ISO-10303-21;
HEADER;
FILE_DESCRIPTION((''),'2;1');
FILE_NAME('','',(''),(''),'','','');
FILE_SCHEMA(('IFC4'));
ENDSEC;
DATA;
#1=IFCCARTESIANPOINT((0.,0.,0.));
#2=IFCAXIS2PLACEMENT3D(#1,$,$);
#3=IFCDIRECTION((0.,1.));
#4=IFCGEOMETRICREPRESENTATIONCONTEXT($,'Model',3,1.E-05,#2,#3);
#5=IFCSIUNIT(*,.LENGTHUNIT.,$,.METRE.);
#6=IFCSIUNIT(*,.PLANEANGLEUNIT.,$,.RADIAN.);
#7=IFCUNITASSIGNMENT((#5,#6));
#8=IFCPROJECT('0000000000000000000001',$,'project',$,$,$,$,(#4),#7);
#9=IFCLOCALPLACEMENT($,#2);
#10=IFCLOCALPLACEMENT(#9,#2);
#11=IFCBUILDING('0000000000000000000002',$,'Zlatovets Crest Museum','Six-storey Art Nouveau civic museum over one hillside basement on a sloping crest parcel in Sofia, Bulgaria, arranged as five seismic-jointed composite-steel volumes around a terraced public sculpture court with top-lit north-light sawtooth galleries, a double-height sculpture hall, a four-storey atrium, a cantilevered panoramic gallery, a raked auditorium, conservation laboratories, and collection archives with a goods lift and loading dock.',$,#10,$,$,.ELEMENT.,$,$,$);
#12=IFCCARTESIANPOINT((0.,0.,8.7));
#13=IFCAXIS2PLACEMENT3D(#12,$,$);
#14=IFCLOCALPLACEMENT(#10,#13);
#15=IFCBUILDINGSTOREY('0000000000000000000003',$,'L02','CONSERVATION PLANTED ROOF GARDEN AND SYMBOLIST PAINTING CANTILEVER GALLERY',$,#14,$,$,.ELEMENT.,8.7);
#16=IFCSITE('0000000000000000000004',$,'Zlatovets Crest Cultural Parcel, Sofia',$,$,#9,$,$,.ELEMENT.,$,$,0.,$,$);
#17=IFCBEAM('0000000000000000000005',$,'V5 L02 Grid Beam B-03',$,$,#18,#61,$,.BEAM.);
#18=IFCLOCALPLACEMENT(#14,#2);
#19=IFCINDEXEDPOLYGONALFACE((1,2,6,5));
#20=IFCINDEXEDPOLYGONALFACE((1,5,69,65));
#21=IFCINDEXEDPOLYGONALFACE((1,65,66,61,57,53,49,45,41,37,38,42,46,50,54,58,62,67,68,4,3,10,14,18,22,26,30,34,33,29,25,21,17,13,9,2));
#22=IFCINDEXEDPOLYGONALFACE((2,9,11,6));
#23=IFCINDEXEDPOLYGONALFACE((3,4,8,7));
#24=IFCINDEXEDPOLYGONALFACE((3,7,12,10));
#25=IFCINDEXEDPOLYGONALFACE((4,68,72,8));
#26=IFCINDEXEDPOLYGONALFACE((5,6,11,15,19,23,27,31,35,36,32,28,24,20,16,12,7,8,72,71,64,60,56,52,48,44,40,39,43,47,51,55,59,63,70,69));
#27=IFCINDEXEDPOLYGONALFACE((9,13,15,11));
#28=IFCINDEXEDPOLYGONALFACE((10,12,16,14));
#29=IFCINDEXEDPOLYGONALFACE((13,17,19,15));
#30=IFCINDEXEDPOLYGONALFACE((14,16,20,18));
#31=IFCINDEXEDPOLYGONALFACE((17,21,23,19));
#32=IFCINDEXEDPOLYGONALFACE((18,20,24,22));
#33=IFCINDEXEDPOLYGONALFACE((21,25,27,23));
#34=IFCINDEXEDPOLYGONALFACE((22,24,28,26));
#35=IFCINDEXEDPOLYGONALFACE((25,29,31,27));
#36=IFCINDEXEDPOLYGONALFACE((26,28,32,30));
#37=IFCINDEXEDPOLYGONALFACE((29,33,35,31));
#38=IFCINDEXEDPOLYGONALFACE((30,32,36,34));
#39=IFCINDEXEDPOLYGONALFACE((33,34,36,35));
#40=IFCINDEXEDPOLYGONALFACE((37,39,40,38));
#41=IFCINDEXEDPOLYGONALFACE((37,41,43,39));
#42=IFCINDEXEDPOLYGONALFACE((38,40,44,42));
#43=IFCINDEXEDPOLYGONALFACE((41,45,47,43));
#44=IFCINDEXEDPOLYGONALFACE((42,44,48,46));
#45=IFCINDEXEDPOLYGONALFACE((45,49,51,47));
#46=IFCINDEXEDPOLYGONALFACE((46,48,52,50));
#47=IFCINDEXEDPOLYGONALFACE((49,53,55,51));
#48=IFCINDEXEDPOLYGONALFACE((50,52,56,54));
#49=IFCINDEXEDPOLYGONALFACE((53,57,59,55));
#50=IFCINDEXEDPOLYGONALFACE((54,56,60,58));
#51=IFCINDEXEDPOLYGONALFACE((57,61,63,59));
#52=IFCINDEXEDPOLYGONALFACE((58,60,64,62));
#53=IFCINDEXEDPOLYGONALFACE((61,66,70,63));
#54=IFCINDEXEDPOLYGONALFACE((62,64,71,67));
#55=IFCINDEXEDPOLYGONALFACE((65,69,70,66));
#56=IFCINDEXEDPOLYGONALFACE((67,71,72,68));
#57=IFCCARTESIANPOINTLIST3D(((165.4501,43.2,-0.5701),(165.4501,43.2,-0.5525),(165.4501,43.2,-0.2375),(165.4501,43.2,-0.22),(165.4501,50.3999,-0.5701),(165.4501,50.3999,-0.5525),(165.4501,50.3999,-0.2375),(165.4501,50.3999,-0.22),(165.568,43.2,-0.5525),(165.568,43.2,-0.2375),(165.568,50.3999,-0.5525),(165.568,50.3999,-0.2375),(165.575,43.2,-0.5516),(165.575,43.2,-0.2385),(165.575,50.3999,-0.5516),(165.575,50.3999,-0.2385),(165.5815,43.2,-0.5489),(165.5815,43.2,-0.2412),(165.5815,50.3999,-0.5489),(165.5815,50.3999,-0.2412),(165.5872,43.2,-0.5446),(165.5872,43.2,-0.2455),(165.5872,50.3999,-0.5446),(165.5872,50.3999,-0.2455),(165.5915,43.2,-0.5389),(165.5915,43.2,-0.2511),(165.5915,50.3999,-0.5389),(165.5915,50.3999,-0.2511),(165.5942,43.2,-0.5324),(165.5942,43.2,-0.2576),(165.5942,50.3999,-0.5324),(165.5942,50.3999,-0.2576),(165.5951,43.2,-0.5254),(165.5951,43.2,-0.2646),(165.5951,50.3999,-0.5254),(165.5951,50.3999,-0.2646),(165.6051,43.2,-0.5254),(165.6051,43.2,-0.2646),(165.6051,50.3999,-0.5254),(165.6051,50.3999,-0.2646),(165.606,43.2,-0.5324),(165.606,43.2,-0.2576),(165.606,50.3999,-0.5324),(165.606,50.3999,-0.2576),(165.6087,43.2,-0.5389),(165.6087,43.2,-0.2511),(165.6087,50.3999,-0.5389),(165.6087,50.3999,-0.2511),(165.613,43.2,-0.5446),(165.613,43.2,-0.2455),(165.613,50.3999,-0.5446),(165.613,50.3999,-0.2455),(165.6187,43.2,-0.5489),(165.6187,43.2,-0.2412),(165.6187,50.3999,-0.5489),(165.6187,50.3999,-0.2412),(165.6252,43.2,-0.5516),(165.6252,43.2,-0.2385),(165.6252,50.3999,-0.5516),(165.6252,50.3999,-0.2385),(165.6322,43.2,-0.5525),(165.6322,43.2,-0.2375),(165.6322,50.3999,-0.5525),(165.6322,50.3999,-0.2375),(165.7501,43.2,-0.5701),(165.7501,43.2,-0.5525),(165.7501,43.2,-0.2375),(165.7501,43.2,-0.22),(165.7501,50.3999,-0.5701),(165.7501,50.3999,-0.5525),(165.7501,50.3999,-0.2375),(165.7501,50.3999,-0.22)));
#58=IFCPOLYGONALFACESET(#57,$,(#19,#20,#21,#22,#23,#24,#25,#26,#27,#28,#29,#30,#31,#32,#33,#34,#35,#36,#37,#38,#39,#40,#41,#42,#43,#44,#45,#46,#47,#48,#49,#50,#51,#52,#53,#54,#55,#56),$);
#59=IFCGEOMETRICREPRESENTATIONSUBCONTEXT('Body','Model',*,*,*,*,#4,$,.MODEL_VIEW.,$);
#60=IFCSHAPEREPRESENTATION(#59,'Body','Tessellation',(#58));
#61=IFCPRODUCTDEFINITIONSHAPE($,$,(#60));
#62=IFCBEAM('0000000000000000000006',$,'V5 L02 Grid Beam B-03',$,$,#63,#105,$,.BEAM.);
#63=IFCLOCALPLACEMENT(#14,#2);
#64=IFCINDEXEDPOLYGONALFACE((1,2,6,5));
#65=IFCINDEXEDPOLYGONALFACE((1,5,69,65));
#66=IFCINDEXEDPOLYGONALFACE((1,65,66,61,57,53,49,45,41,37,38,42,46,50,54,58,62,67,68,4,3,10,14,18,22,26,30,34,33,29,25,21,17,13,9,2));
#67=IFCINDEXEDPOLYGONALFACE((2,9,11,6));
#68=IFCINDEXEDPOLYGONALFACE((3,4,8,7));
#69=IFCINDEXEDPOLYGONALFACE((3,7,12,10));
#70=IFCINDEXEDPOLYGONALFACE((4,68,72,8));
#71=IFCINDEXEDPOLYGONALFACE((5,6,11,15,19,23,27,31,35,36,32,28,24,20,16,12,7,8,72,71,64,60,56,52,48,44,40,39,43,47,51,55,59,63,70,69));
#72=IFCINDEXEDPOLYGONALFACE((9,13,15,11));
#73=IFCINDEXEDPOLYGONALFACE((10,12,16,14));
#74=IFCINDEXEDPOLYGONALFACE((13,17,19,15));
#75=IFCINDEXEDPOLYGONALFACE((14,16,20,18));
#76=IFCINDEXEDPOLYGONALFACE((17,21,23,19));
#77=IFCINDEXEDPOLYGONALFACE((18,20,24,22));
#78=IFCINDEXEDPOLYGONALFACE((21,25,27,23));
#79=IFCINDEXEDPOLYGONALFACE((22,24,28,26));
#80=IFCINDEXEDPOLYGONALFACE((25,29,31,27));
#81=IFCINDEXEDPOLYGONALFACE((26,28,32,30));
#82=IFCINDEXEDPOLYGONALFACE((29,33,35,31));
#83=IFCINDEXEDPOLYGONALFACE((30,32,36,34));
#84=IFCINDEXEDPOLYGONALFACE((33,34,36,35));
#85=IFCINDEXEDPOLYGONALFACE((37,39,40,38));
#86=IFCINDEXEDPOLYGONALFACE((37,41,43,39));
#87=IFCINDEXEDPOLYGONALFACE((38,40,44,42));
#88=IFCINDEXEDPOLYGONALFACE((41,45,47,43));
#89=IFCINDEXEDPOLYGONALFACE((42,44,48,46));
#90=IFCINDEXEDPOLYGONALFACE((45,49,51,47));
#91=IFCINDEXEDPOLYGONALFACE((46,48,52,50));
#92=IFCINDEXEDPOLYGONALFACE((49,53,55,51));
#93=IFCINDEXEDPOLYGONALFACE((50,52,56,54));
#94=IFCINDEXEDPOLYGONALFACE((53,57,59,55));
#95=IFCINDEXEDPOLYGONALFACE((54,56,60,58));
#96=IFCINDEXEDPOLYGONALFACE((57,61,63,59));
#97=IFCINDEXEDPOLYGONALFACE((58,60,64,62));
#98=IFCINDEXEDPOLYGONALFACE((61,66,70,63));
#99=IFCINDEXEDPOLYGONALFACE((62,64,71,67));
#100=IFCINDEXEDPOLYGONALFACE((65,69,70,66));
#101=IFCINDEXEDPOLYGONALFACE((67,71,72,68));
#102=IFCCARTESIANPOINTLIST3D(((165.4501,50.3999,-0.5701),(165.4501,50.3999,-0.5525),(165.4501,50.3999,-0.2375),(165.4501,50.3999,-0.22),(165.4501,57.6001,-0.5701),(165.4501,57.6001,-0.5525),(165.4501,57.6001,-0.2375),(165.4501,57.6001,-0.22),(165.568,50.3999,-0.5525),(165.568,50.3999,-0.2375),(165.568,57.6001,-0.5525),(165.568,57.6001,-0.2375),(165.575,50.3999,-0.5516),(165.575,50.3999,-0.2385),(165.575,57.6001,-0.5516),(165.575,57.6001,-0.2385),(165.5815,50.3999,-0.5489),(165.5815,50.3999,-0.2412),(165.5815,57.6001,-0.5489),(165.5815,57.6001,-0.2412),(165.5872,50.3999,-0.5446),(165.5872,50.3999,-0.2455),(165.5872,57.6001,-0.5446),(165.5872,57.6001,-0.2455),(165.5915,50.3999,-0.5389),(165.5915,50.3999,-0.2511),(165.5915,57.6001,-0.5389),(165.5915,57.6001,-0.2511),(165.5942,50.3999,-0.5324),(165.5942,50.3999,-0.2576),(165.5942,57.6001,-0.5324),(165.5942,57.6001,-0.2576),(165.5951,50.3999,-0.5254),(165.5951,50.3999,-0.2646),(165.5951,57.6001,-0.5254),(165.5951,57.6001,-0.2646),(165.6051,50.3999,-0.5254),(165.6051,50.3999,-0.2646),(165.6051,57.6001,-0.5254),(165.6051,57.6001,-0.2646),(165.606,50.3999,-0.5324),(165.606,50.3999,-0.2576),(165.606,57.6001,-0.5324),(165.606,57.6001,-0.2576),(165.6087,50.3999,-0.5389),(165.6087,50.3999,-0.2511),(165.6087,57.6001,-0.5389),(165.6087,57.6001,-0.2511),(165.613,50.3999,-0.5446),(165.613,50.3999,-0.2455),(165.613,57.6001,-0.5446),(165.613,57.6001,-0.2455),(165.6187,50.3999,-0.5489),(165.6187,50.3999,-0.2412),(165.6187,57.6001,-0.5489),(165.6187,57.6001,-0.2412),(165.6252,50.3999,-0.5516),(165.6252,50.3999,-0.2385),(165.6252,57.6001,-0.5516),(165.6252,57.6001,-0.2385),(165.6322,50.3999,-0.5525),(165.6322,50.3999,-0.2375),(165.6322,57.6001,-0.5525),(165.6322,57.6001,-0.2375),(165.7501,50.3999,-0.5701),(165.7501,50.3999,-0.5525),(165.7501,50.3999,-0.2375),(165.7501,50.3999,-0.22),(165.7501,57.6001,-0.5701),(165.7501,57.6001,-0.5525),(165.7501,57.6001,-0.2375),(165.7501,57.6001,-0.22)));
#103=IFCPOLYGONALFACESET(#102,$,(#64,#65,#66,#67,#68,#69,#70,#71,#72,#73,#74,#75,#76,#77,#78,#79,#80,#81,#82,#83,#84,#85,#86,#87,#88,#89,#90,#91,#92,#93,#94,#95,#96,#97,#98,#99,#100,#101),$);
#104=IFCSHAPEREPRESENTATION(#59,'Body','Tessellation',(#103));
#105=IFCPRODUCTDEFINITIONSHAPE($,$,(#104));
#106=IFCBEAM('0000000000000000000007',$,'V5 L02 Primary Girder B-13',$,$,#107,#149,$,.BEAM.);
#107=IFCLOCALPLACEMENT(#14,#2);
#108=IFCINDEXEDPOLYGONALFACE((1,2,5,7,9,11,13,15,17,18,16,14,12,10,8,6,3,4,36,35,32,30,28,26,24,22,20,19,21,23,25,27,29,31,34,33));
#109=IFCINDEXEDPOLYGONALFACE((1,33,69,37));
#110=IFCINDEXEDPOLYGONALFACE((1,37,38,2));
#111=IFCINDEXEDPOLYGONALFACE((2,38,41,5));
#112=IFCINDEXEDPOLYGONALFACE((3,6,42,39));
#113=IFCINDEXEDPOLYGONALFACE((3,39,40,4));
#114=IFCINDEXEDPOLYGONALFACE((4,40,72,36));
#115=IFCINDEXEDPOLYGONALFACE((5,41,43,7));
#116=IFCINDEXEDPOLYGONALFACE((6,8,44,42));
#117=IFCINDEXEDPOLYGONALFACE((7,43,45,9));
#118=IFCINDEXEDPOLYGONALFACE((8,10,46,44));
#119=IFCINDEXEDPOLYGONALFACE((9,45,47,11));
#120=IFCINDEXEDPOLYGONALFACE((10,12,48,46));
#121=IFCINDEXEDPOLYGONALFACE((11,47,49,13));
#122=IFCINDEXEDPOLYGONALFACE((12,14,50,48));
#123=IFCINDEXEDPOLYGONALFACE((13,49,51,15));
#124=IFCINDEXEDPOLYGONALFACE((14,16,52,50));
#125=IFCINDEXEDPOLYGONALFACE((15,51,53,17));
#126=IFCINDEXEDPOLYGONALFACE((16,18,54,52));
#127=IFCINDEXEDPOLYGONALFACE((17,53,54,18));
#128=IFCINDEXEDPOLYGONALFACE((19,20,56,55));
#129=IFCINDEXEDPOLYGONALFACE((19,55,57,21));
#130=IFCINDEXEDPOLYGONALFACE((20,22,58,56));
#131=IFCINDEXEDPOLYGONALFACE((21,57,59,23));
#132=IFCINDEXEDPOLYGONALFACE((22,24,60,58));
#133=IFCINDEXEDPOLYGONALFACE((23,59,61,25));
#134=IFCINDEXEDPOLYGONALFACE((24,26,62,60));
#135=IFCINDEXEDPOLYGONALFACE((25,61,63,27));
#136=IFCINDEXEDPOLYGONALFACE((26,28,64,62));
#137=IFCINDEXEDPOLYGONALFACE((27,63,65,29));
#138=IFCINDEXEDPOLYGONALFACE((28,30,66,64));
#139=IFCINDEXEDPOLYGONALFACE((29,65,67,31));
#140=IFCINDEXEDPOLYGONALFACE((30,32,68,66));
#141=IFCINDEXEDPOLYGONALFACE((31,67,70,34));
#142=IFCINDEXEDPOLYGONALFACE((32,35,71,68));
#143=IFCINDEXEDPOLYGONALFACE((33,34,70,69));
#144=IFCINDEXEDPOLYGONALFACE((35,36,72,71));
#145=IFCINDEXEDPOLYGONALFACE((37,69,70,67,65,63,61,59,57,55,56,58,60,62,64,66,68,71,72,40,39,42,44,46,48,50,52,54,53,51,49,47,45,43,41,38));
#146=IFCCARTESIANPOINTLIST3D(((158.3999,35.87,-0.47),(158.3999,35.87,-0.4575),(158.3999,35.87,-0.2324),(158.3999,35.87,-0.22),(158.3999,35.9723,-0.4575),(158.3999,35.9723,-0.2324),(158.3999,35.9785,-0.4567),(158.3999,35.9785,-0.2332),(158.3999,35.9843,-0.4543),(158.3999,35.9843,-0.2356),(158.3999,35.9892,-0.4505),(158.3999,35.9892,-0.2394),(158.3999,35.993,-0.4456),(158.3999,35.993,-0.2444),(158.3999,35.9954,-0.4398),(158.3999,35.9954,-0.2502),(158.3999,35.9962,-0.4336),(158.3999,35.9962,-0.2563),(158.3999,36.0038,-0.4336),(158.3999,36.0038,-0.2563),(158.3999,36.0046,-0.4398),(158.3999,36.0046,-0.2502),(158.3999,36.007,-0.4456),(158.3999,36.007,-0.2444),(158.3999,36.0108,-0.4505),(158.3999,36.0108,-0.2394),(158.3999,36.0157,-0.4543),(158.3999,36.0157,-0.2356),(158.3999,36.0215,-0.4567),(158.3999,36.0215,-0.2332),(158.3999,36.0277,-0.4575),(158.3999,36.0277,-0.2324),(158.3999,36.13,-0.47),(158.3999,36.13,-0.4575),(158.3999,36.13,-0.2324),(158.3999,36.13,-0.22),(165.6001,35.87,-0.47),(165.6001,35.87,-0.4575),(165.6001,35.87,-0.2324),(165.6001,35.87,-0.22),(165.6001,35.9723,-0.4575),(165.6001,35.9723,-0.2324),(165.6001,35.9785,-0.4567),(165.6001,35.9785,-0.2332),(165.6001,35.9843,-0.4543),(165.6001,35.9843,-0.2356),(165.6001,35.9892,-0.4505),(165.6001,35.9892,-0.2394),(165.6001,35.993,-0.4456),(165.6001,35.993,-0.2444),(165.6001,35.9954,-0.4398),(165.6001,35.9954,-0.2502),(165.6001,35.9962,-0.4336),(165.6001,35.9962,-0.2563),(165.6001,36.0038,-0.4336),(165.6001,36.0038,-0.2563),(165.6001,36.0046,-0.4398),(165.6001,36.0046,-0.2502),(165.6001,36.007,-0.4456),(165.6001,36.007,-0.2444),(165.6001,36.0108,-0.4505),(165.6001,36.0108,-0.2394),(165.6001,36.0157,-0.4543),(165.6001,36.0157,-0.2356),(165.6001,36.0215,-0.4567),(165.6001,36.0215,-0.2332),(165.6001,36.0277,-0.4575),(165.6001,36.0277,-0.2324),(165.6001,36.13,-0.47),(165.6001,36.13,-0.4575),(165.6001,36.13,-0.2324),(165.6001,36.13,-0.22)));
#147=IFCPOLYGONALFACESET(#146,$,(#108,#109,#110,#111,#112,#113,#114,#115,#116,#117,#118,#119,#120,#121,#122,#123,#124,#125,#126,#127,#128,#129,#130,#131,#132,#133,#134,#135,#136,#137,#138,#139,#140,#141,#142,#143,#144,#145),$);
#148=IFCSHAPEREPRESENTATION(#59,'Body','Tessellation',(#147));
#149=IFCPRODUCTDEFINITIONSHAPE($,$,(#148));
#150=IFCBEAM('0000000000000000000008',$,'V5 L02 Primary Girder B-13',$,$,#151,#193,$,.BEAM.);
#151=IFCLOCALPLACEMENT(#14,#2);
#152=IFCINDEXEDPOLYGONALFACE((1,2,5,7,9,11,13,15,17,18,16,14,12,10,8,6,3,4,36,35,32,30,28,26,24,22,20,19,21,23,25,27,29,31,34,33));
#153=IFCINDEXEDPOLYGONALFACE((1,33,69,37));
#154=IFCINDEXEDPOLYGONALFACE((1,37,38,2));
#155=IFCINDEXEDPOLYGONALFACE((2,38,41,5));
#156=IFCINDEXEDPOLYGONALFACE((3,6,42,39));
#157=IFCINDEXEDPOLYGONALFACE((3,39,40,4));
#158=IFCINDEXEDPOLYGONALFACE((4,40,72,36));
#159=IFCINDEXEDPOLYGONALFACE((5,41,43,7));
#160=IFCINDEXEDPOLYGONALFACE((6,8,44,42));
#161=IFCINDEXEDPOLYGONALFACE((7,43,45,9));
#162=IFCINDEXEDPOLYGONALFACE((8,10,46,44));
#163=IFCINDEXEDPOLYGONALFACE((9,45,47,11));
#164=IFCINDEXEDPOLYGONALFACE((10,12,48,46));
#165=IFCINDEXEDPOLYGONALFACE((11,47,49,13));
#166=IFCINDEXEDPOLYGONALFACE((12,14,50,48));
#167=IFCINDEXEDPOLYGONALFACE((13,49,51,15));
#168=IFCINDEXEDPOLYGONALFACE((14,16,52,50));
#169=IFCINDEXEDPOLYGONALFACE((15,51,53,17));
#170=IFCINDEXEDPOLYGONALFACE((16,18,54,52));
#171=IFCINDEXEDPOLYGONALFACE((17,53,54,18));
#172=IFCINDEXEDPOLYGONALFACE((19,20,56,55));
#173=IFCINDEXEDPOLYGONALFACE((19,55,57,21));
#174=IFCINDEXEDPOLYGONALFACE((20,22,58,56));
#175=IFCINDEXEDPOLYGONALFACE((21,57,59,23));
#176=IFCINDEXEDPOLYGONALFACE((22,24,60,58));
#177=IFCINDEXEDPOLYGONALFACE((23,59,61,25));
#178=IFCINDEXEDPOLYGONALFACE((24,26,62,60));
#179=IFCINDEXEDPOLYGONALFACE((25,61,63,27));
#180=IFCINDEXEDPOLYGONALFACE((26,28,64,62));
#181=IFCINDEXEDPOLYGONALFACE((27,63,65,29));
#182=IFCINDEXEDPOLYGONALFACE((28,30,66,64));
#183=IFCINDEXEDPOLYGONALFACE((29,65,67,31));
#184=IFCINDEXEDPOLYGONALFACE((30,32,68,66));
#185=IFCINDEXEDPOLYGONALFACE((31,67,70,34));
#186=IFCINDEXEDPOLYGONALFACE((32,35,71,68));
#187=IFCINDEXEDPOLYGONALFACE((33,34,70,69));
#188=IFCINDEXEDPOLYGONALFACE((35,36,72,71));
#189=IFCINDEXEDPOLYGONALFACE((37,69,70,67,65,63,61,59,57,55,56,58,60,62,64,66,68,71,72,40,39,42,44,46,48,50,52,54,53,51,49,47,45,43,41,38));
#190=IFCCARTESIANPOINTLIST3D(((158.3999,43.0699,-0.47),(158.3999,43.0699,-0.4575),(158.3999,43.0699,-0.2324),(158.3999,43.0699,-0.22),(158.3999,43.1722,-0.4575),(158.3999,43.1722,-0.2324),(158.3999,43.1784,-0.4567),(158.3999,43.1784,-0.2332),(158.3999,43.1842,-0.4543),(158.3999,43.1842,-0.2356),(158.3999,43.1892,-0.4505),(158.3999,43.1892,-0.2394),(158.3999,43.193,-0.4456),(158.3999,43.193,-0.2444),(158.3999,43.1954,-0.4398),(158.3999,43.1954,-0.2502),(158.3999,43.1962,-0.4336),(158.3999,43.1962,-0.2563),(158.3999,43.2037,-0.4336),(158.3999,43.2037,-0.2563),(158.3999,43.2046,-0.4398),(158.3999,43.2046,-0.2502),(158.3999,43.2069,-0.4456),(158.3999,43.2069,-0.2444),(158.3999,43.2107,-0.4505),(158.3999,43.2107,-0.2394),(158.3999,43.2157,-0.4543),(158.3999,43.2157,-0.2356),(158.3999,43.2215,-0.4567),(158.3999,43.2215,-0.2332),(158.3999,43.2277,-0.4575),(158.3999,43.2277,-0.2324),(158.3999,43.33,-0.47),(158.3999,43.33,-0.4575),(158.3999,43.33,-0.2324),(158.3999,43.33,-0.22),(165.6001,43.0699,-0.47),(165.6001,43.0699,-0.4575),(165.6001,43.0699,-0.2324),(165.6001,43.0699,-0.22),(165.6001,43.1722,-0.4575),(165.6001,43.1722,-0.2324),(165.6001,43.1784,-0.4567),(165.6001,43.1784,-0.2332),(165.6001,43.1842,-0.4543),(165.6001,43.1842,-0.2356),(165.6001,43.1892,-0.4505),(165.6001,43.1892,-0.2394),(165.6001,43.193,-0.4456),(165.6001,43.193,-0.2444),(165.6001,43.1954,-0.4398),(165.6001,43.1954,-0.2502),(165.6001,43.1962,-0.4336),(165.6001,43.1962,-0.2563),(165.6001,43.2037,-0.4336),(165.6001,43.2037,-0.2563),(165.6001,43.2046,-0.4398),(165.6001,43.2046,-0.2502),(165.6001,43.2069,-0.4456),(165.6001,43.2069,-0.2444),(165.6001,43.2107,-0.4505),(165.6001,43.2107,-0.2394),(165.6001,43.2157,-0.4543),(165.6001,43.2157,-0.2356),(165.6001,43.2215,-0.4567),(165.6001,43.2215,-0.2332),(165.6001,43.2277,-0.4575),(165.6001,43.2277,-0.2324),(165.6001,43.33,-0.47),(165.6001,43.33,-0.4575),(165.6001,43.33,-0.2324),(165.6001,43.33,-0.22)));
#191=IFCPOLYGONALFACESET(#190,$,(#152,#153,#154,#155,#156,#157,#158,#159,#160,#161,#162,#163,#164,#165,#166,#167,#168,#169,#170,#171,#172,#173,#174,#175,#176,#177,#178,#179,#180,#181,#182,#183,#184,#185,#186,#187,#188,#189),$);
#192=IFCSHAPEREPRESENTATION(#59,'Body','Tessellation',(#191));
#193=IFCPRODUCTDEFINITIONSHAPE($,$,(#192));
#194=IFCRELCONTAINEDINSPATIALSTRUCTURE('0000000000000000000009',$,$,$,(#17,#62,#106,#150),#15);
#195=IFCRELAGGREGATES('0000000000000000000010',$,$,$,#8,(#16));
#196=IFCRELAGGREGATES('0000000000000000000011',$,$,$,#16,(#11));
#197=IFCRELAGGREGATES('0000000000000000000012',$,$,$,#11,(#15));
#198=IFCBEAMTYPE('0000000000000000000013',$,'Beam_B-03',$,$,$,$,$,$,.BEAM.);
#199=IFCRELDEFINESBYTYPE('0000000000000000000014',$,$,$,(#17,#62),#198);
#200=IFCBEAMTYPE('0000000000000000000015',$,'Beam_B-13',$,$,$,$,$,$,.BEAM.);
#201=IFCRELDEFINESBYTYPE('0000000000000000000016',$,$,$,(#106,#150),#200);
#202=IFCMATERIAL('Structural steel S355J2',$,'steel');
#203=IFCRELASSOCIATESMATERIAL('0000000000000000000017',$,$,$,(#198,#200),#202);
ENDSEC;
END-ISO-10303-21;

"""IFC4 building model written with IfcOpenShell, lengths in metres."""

from ifc_helpers import new_model, si_unit, direction, frame, origin, origin_2d, place, context, subcontext, project, spatial, i_section, extrude, material, material_profile, profile_set, type_object, element, save


model = new_model("IFC4")

# Units and contexts
model_context = context("Model", 3, precision=1e-05, world=origin(), true_north=direction((0.0, 1.0)))
body_context = subcontext(model_context, "Body", "Model", "MODEL_VIEW")
ifc_project = project(units=[si_unit("LENGTHUNIT", "METRE"), si_unit("PLANEANGLEUNIT", "RADIAN")], contexts=[model_context])

# Site, building, storey
site_placement = place(None, origin())
site = spatial("IfcSite", under=ifc_project, at=site_placement, Name="Zlatovets Crest Cultural Parcel, Sofia", CompositionType="ELEMENT", RefElevation=0.0)
building_placement = place(site_placement, origin())
building = spatial("IfcBuilding", under=site, at=building_placement, Name="Zlatovets Crest Museum", Description="Six-storey Art Nouveau civic museum over one hillside basement on a sloping crest parcel in Sofia, Bulgaria, arranged as five seismic-jointed composite-steel volumes around a terraced public sculpture court with top-lit north-light sawtooth galleries, a double-height sculpture hall, a four-storey atrium, a cantilevered panoramic gallery, a raked auditorium, conservation laboratories, and collection archives with a goods lift and loading dock.", CompositionType="ELEMENT")
storey_placement = place(building_placement, frame((0.0, 0.0, 8.7)))
storey = spatial("IfcBuildingStorey", under=building, at=storey_placement, Name="L02", Description="CONSERVATION PLANTED ROOF GARDEN AND SYMBOLIST PAINTING CANTILEVER GALLERY", CompositionType="ELEMENT", Elevation=8.7)

# Shared definitions
ifc_material_1 = material(Name="Structural steel S355J2", Category="steel")

# Beams
ifc_material_profile_1 = material_profile(ifc_material_1, i_section(OverallWidth=0.3, OverallDepth=0.3501, WebThickness=0.01, FlangeThickness=0.0176, FilletRadius=0.0271, at=origin_2d()), Name="HEA 360")
ifc_profile_set_1 = profile_set([ifc_material_profile_1], Name="Structural steel S355J2")
beam_type_1 = type_object("IfcBeamType", Name="Beam_B-03", PredefinedType="BEAM", material=ifc_profile_set_1)
for number, where, z_axis, x_axis, name in (
    (1, (165.6001, 43.2, -0.395), (0.0, 1.0, 0.0), (-1.0, 0.0, 0.0), "V5 L02 Grid Beam B-03"),
):
    element("IfcBeam", number, at=place(storey_placement, frame(where, z_axis=z_axis, x_axis=x_axis)), inside=storey, type_object=beam_type_1, Name=name, PredefinedType="BEAM", context=body_context, shape_type="SweptSolid", body=[
        extrude(i_section(OverallWidth=0.3, OverallDepth=0.3501, WebThickness=0.01, FlangeThickness=0.0176, FilletRadius=0.0271, at=origin_2d()), origin(), (0.0, 0.0, 1.0), 7.2),
    ])
beam_1_placement = place(storey_placement, frame((165.6001, 50.3999, -0.395), z_axis=(0.0, 1.0, 0.0), x_axis=(-1.0, 0.0, 0.0)))
element("IfcBeam", 2, at=beam_1_placement, inside=storey, type_object=beam_type_1, Name="V5 L02 Grid Beam B-03", PredefinedType="BEAM", context=body_context, shape_type="SweptSolid", body=[
    extrude(i_section(OverallWidth=0.3, OverallDepth=0.3501, WebThickness=0.01, FlangeThickness=0.0176, FilletRadius=0.0271, at=origin_2d()), origin(), (0.0, 0.0, 1.0), 7.2002),
])
ifc_material_profile_2 = material_profile(ifc_material_1, i_section(OverallWidth=0.26, OverallDepth=0.25, WebThickness=0.0076, FlangeThickness=0.0125, FilletRadius=0.0239, at=origin_2d()), Name="HEA 260")
ifc_profile_set_2 = profile_set([ifc_material_profile_2], Name="Structural steel S355J2")
beam_type_2 = type_object("IfcBeamType", Name="Beam_B-13", PredefinedType="BEAM", material=ifc_profile_set_2)
for number, where, z_axis, x_axis, name in (
    (3, (158.3999, 36.0, -0.345), (1.0, 0.0, 0.0), (0.0, 1.0, 0.0), "V5 L02 Primary Girder B-13"),
    (4, (158.3999, 43.2, -0.345), (1.0, 0.0, 0.0), (0.0, 1.0, 0.0), "V5 L02 Primary Girder B-13"),
):
    element("IfcBeam", number, at=place(storey_placement, frame(where, z_axis=z_axis, x_axis=x_axis)), inside=storey, type_object=beam_type_2, Name=name, PredefinedType="BEAM", context=body_context, shape_type="SweptSolid", body=[
        extrude(i_section(OverallWidth=0.26, OverallDepth=0.25, WebThickness=0.0076, FlangeThickness=0.0125, FilletRadius=0.0239, at=origin_2d()), origin(), (0.0, 0.0, 1.0), 7.2002),
    ])

save(model, "model.ifc")
